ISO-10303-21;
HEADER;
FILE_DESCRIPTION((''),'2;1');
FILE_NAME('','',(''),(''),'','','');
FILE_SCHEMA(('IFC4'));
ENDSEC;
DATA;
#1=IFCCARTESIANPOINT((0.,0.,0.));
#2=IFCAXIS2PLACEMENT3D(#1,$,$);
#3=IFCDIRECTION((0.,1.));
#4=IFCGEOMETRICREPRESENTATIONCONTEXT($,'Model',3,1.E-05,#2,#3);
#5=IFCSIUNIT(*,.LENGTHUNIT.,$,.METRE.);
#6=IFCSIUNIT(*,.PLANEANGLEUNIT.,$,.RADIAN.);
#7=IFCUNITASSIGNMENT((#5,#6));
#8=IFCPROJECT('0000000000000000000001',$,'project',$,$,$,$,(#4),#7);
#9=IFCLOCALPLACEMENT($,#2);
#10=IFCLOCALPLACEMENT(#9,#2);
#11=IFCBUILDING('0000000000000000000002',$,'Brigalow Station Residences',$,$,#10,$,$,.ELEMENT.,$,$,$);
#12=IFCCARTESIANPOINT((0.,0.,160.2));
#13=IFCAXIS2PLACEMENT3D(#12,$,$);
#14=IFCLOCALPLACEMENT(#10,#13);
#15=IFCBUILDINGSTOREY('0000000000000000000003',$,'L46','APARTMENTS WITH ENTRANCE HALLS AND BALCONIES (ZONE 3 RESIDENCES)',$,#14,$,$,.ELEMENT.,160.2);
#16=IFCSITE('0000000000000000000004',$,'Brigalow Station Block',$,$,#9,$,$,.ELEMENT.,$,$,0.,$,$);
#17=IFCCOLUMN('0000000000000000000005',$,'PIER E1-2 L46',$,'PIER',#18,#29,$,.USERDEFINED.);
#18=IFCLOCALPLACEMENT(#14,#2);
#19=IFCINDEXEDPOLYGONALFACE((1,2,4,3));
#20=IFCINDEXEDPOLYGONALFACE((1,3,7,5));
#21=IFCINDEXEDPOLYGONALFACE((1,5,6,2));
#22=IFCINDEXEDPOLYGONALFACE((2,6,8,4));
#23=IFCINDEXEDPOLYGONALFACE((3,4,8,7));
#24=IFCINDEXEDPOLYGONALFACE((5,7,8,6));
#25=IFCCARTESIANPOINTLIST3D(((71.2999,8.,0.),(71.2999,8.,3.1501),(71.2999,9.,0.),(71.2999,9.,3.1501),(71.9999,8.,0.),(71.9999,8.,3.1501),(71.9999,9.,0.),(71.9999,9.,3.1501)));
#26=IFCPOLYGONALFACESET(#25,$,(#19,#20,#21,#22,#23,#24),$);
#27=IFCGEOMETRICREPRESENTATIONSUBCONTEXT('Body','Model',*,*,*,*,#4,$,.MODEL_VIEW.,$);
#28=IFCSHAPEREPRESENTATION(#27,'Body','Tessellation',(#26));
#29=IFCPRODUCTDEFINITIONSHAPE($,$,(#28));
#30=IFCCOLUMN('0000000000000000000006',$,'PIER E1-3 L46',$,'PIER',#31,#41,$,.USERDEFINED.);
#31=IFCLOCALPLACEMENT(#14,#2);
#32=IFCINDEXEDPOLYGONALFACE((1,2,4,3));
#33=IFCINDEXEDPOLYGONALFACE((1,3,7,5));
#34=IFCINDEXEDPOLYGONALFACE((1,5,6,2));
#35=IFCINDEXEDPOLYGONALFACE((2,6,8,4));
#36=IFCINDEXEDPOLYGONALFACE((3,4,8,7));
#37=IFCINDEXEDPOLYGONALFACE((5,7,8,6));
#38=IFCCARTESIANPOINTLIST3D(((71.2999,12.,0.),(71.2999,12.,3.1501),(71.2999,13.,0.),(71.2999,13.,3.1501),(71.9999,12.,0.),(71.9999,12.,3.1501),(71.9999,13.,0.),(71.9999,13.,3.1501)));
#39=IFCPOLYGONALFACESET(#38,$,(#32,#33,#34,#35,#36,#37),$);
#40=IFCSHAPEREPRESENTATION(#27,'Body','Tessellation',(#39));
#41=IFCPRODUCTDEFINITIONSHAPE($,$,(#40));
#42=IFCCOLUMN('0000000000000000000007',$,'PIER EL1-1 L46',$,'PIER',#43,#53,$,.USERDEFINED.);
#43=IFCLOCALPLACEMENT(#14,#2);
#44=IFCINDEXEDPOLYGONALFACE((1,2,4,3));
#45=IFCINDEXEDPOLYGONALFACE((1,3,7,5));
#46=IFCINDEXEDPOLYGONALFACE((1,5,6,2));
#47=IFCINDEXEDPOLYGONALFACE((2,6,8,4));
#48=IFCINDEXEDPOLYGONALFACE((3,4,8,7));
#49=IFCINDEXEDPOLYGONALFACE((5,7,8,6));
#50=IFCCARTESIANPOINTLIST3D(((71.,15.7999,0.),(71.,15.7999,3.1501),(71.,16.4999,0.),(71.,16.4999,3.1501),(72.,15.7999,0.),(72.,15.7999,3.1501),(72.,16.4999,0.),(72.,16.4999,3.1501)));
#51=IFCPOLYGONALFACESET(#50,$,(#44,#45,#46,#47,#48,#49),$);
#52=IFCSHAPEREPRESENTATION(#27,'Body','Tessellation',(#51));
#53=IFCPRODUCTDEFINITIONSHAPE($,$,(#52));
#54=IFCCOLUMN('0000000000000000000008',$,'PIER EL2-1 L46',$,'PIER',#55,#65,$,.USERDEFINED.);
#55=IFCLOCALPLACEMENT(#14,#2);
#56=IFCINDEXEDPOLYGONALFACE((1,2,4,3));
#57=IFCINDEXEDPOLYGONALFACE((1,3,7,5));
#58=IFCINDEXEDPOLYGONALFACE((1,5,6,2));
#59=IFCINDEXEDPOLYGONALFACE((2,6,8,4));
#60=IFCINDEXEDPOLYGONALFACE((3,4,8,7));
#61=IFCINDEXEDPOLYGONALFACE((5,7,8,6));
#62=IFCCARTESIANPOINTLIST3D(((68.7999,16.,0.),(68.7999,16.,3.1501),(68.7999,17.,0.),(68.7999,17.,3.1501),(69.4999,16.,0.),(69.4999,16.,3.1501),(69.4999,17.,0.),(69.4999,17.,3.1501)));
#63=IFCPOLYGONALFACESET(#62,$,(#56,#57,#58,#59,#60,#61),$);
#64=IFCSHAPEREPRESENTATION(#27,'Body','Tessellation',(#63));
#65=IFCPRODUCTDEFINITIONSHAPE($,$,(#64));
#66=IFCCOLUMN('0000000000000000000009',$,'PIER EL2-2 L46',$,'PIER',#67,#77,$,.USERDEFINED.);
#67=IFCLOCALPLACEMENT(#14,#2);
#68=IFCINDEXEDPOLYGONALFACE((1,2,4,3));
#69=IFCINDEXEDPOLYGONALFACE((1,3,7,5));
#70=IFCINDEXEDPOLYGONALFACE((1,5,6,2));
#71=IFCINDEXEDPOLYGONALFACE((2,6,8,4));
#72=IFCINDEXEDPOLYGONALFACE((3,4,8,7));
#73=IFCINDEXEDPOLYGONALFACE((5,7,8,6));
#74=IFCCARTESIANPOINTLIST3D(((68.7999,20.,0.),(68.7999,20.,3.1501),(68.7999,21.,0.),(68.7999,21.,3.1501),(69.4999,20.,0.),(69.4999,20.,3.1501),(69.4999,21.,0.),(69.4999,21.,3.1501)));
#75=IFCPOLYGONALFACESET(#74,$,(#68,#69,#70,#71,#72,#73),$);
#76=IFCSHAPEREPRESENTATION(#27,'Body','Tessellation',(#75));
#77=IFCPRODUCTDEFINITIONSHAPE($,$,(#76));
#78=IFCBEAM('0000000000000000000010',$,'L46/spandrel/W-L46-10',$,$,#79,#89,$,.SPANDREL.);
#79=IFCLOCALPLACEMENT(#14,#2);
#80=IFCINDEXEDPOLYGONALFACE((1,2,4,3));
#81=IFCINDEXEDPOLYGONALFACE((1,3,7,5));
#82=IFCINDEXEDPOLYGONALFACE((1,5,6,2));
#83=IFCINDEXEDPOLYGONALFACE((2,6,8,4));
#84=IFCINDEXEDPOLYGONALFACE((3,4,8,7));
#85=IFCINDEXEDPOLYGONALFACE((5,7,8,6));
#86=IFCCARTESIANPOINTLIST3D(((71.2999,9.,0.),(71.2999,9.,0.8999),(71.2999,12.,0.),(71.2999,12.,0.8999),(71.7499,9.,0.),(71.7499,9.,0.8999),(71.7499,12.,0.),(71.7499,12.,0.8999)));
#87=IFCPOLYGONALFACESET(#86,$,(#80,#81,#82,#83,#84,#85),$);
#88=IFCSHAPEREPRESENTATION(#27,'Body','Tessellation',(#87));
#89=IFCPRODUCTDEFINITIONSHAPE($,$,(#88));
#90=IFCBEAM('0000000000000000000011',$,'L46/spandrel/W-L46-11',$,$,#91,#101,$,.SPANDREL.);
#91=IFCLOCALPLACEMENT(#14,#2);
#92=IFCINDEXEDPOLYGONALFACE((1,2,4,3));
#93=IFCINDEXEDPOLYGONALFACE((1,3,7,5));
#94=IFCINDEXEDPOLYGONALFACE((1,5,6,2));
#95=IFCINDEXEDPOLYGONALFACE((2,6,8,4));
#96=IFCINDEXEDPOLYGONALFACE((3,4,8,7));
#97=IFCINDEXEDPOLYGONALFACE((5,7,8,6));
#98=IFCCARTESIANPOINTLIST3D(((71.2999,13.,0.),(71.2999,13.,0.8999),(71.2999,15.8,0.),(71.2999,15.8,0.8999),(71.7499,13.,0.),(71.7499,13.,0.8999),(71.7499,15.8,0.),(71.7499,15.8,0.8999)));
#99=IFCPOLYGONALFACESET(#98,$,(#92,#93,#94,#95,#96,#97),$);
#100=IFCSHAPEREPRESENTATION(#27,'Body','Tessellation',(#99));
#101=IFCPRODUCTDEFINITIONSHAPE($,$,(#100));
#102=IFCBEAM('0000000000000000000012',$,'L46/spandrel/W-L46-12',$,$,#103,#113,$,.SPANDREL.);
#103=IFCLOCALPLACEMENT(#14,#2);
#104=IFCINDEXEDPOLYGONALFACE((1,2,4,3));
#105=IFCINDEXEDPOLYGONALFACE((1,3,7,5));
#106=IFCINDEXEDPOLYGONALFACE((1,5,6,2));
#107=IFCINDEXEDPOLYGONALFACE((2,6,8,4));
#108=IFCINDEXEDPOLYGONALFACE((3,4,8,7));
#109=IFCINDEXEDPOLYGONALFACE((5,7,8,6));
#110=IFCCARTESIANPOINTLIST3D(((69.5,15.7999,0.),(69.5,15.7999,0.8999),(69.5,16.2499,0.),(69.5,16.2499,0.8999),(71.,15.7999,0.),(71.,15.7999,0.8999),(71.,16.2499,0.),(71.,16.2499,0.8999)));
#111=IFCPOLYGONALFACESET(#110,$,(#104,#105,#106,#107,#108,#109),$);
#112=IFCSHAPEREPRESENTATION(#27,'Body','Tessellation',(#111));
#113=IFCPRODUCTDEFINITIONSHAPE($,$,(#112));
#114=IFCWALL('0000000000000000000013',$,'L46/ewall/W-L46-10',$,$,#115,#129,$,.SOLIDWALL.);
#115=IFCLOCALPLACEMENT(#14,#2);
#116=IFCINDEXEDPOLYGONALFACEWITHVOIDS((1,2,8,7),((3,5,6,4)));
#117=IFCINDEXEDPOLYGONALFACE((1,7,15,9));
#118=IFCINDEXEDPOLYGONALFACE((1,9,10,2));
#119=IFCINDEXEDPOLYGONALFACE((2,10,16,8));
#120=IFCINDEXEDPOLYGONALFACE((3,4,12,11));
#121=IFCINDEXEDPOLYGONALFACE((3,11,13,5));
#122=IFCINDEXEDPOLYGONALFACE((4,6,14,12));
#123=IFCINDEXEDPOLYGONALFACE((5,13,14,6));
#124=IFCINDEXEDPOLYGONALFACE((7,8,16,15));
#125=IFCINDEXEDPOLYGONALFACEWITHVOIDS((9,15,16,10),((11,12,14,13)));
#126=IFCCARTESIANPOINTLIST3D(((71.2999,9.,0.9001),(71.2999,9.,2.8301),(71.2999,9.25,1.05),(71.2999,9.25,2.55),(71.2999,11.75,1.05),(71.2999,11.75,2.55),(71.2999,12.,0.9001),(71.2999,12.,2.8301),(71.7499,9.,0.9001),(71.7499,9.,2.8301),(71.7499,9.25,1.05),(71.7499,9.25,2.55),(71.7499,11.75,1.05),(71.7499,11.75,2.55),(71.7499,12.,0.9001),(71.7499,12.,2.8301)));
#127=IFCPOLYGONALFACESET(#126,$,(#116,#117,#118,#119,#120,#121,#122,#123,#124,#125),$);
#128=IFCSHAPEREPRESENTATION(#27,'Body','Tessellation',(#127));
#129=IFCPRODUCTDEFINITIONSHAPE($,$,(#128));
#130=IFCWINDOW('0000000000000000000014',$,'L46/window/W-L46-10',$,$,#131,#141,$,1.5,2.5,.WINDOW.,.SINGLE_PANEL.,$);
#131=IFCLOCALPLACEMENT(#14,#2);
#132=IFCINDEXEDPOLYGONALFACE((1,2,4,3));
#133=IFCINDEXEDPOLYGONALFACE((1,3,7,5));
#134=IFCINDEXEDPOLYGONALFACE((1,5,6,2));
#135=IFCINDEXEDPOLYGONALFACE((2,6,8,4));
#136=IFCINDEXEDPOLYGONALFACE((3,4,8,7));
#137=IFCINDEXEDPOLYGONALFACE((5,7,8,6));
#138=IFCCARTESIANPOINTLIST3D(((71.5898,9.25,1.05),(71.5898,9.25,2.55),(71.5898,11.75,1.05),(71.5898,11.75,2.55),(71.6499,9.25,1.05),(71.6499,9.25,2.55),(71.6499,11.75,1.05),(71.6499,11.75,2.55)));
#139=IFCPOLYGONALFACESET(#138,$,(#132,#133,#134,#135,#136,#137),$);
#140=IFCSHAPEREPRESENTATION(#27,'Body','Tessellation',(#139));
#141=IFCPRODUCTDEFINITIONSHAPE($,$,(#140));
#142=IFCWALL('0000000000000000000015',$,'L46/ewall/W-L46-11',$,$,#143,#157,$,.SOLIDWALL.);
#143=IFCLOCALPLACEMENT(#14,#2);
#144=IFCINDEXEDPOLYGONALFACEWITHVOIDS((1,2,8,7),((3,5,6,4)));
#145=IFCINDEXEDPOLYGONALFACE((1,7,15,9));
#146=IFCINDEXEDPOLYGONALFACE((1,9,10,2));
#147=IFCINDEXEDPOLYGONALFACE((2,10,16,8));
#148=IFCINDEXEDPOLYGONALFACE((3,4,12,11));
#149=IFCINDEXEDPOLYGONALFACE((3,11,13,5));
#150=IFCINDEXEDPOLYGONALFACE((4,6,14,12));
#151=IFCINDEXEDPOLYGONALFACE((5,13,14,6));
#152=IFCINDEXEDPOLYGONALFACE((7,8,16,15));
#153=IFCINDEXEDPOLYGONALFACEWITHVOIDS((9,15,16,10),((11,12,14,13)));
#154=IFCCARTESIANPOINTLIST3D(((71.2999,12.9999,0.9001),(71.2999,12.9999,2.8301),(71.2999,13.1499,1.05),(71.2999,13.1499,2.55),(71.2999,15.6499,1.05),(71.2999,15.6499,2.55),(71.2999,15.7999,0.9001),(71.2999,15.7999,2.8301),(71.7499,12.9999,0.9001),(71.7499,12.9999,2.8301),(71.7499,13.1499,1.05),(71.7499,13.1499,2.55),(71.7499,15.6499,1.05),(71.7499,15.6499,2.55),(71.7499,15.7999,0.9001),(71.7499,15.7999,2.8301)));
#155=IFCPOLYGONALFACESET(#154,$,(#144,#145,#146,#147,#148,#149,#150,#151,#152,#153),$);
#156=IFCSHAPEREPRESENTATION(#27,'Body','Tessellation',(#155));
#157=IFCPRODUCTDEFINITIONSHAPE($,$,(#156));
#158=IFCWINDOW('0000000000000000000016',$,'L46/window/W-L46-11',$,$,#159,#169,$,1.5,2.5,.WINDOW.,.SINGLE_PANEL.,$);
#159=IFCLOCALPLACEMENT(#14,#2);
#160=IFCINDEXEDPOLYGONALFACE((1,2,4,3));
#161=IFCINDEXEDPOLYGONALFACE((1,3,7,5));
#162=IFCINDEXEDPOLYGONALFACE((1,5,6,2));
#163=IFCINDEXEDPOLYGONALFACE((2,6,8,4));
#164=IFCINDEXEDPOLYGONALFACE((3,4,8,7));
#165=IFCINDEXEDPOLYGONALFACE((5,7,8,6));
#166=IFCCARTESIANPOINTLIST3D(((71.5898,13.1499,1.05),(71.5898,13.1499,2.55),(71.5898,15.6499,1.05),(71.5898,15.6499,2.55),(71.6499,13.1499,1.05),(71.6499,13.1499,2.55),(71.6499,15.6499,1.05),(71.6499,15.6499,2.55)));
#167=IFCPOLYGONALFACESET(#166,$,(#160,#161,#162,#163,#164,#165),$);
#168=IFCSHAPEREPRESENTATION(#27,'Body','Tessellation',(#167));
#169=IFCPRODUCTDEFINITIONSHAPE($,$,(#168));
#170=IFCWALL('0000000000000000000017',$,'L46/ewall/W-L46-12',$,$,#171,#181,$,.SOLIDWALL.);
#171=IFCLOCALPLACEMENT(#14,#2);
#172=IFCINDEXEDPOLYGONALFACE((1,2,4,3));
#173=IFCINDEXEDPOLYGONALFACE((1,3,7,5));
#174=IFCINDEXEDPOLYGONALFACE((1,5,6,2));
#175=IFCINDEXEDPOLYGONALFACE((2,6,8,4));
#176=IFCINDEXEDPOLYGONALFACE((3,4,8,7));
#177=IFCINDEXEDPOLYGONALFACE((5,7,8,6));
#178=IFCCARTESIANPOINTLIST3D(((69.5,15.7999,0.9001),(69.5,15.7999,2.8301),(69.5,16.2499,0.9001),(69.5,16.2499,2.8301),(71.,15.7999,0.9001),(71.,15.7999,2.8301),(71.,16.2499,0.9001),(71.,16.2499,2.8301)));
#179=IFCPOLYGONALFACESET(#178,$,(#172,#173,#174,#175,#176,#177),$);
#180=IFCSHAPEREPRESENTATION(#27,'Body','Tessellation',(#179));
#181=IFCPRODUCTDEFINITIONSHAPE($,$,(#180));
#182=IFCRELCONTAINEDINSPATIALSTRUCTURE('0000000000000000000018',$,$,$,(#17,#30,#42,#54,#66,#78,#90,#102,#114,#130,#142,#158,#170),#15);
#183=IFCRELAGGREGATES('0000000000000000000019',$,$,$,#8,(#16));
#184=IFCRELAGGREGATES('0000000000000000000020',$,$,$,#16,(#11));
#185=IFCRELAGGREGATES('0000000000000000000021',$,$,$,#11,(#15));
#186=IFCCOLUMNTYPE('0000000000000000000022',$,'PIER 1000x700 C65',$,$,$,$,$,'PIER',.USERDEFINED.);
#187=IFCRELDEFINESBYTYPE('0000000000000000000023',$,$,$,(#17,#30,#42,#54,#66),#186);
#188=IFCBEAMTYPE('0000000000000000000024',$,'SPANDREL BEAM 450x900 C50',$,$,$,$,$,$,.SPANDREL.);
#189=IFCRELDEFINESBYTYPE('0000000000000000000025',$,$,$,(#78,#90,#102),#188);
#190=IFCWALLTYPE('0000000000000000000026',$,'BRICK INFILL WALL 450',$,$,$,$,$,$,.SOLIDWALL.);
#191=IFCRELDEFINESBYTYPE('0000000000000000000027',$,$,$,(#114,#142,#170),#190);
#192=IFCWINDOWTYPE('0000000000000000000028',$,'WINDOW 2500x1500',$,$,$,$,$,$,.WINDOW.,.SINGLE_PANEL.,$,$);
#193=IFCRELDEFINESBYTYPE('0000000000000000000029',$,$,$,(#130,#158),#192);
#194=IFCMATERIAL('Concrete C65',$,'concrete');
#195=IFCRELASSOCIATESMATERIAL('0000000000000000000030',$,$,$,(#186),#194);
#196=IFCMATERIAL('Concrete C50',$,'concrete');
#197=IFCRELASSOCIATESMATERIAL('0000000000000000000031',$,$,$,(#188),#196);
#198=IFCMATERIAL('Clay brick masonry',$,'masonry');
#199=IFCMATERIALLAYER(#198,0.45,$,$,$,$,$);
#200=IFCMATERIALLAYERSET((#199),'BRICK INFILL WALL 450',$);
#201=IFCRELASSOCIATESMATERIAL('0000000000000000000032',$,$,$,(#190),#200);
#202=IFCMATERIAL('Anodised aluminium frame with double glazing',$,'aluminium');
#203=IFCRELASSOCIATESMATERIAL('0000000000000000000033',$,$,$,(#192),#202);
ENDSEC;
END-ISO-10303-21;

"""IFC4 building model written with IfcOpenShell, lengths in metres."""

from ifc_helpers import new_model, si_unit, direction, frame, frame_2d, origin, origin_2d, place, context, subcontext, project, spatial, rectangle, extrude, material, layer, layer_set, material_profile, profile_set, type_object, element, fill, save


model = new_model("IFC4")

# Units and contexts
model_context = context("Model", 3, precision=1e-05, world=origin(), true_north=direction((0.0, 1.0)))
body_context = subcontext(model_context, "Body", "Model", "MODEL_VIEW")
ifc_project = project(units=[si_unit("LENGTHUNIT", "METRE"), si_unit("PLANEANGLEUNIT", "RADIAN")], contexts=[model_context])

# Site, building, storey
site_placement = place(None, origin())
site = spatial("IfcSite", under=ifc_project, at=site_placement, Name="Brigalow Station Block", CompositionType="ELEMENT", RefElevation=0.0)
building_placement = place(site_placement, origin())
building = spatial("IfcBuilding", under=site, at=building_placement, Name="Brigalow Station Residences", CompositionType="ELEMENT")
storey_placement = place(building_placement, frame((0.0, 0.0, 160.2)))
storey = spatial("IfcBuildingStorey", under=building, at=storey_placement, Name="L46", Description="APARTMENTS WITH ENTRANCE HALLS AND BALCONIES (ZONE 3 RESIDENCES)", CompositionType="ELEMENT", Elevation=160.2)

# Columns
ifc_material_1 = material(Name="Concrete C65", Category="concrete")
ifc_material_profile_1 = material_profile(ifc_material_1, rectangle(XDim=1.0, YDim=0.7, at=origin_2d()), Name="RC1000x700")
ifc_profile_set_1 = profile_set([ifc_material_profile_1], Name="Concrete C65")
column_type = type_object("IfcColumnType", Name="PIER 1000x700 C65", ElementType="PIER", PredefinedType="USERDEFINED", material=ifc_profile_set_1)
for number, where, z_axis, x_axis, name in (
    (1, (71.6499, 8.5, 0.0), (0.0, 0.0, 1.0), (0.0, 1.0, 0.0), "PIER E1-2 L46"),
    (2, (71.6499, 12.5, 0.0), (0.0, 0.0, 1.0), (0.0, 1.0, 0.0), "PIER E1-3 L46"),
    (3, (71.5, 16.1499, 0.0), (0.0, 0.0, 1.0), (-1.0, 0.0, 0.0), "PIER EL1-1 L46"),
    (4, (69.1499, 16.5, 0.0), (0.0, 0.0, 1.0), (0.0, 1.0, 0.0), "PIER EL2-1 L46"),
    (5, (69.1499, 20.5, 0.0), (0.0, 0.0, 1.0), (0.0, 1.0, 0.0), "PIER EL2-2 L46"),
):
    element("IfcColumn", number, at=place(storey_placement, frame(where, z_axis=z_axis, x_axis=x_axis)), inside=storey, type_object=column_type, Name=name, ObjectType="PIER", PredefinedType="USERDEFINED", context=body_context, shape_type="SweptSolid", body=[
        extrude(rectangle(XDim=1.0, YDim=0.7, at=origin_2d()), origin(), (0.0, 0.0, 1.0), 3.1501),
    ])

# Beams
ifc_material_2 = material(Name="Concrete C50", Category="concrete")
ifc_material_profile_2 = material_profile(ifc_material_2, rectangle(XDim=0.45, YDim=0.8999, at=origin_2d()), Name="RC450x900")
ifc_profile_set_2 = profile_set([ifc_material_profile_2], Name="Concrete C50")
beam_type = type_object("IfcBeamType", Name="SPANDREL BEAM 450x900 C50", PredefinedType="SPANDREL", material=ifc_profile_set_2)
beam_1_placement = place(storey_placement, frame((71.5249, 9.0, 0.45), z_axis=(0.0, 1.0, 0.0), x_axis=(-1.0, 0.0, 0.0)))
element("IfcBeam", 6, at=beam_1_placement, inside=storey, type_object=beam_type, Name="L46/spandrel/W-L46-10", PredefinedType="SPANDREL", context=body_context, shape_type="SweptSolid", body=[
    extrude(rectangle(XDim=0.45, YDim=0.8999, at=origin_2d()), origin(), (0.0, 0.0, 1.0), 3.0),
])
beam_2_placement = place(storey_placement, frame((71.5249, 13.0, 0.45), z_axis=(0.0, 1.0, 0.0), x_axis=(-1.0, 0.0, 0.0)))
element("IfcBeam", 7, at=beam_2_placement, inside=storey, type_object=beam_type, Name="L46/spandrel/W-L46-11", PredefinedType="SPANDREL", context=body_context, shape_type="SweptSolid", body=[
    extrude(rectangle(XDim=0.45, YDim=0.8999, at=origin_2d()), origin(), (0.0, 0.0, 1.0), 2.8),
])
beam_3_placement = place(storey_placement, frame((71.0, 16.0249, 0.45), z_axis=(-1.0, 0.0, 0.0), x_axis=(0.0, -1.0, 0.0)))
element("IfcBeam", 8, at=beam_3_placement, inside=storey, type_object=beam_type, Name="L46/spandrel/W-L46-12", PredefinedType="SPANDREL", context=body_context, shape_type="SweptSolid", body=[
    extrude(rectangle(XDim=0.45, YDim=0.8999, at=origin_2d()), origin(), (0.0, 0.0, 1.0), 1.5),
])

# Walls, openings, windows
ifc_material_3 = material(Name="Clay brick masonry", Category="masonry")
ifc_layer = layer(ifc_material_3, 0.45)
ifc_layer_set = layer_set([ifc_layer], Name="BRICK INFILL WALL 450")
wall_type = type_object("IfcWallType", Name="BRICK INFILL WALL 450", PredefinedType="SOLIDWALL", material=ifc_layer_set)
wall_1_placement = place(storey_placement, frame((71.5249, 9.0, 0.9001), z_axis=(0.0, 0.0, 1.0), x_axis=(0.0, 1.0, 0.0)))
wall_1 = element("IfcWall", 9, at=wall_1_placement, inside=storey, type_object=wall_type, Name="L46/ewall/W-L46-10", PredefinedType="SOLIDWALL", context=body_context, shape_type="SweptSolid", body=[
    extrude(rectangle(XDim=3.0, YDim=0.45, at=frame_2d((1.5, 0.0))), origin(), (0.0, 0.0, 1.0), 1.9299),
])
opening_1_placement = place(wall_1_placement, frame((0.25, 0.0, 0.1499)))
opening_1 = element("IfcOpeningElement", 10, at=opening_1_placement, cuts=wall_1, PredefinedType="OPENING", context=body_context, shape_type="SweptSolid", body=[
    extrude(rectangle(XDim=2.5, YDim=1.5, at=frame_2d((1.25, 0.75))), frame((0.0, 0.2349, 0.0), z_axis=(0.0, -1.0, 0.0), x_axis=(1.0, 0.0, 0.0)), (0.0, 0.0, 1.0), 0.47),
])
ifc_material_4 = material(Name="Anodised aluminium frame with double glazing", Category="aluminium")
window_type = type_object("IfcWindowType", Name="WINDOW 2500x1500", PartitioningType="SINGLE_PANEL", PredefinedType="WINDOW", material=ifc_material_4)
window_1_placement = place(opening_1_placement, origin())
window_1 = element("IfcWindow", 11, at=window_1_placement, inside=storey, type_object=window_type, Name="L46/window/W-L46-10", OverallHeight=1.5, OverallWidth=2.5, PartitioningType="SINGLE_PANEL", PredefinedType="WINDOW", context=body_context, shape_type="SweptSolid", body=[
    extrude(rectangle(XDim=2.5, YDim=1.5, at=frame_2d((1.25, 0.75))), frame((0.0, -0.0649, 0.0), z_axis=(0.0, -1.0, 0.0), x_axis=(1.0, 0.0, 0.0)), (0.0, 0.0, 1.0), 0.0601),
])
fill(opening_1, window_1)
wall_2_placement = place(storey_placement, frame((71.5249, 13.0, 0.9001), z_axis=(0.0, 0.0, 1.0), x_axis=(0.0, 1.0, 0.0)))
wall_2 = element("IfcWall", 12, at=wall_2_placement, inside=storey, type_object=wall_type, Name="L46/ewall/W-L46-11", PredefinedType="SOLIDWALL", context=body_context, shape_type="SweptSolid", body=[
    extrude(rectangle(XDim=2.8, YDim=0.45, at=frame_2d((1.3999, 0.0))), origin(), (0.0, 0.0, 1.0), 1.9299),
])
opening_2_placement = place(wall_2_placement, frame((0.1499, 0.0, 0.1499)))
opening_2 = element("IfcOpeningElement", 13, at=opening_2_placement, cuts=wall_2, PredefinedType="OPENING", context=body_context, shape_type="SweptSolid", body=[
    extrude(rectangle(XDim=2.5, YDim=1.5, at=frame_2d((1.25, 0.75))), frame((0.0, 0.2349, 0.0), z_axis=(0.0, -1.0, 0.0), x_axis=(1.0, 0.0, 0.0)), (0.0, 0.0, 1.0), 0.47),
])
window_2_placement = place(opening_2_placement, origin())
window_2 = element("IfcWindow", 14, at=window_2_placement, inside=storey, type_object=window_type, Name="L46/window/W-L46-11", OverallHeight=1.5, OverallWidth=2.5, PartitioningType="SINGLE_PANEL", PredefinedType="WINDOW", context=body_context, shape_type="SweptSolid", body=[
    extrude(rectangle(XDim=2.5, YDim=1.5, at=frame_2d((1.25, 0.75))), frame((0.0, -0.0649, 0.0), z_axis=(0.0, -1.0, 0.0), x_axis=(1.0, 0.0, 0.0)), (0.0, 0.0, 1.0), 0.0601),
])
fill(opening_2, window_2)

# Wall
wall_3_placement = place(storey_placement, frame((71.0, 16.0249, 0.9001), z_axis=(0.0, 0.0, 1.0), x_axis=(-1.0, 0.0, 0.0)))
element("IfcWall", 15, at=wall_3_placement, inside=storey, type_object=wall_type, Name="L46/ewall/W-L46-12", PredefinedType="SOLIDWALL", context=body_context, shape_type="SweptSolid", body=[
    extrude(rectangle(XDim=1.5, YDim=0.45, at=frame_2d((0.75, 0.0))), origin(), (0.0, 0.0, 1.0), 1.9299),
])

save(model, "model.ifc")
